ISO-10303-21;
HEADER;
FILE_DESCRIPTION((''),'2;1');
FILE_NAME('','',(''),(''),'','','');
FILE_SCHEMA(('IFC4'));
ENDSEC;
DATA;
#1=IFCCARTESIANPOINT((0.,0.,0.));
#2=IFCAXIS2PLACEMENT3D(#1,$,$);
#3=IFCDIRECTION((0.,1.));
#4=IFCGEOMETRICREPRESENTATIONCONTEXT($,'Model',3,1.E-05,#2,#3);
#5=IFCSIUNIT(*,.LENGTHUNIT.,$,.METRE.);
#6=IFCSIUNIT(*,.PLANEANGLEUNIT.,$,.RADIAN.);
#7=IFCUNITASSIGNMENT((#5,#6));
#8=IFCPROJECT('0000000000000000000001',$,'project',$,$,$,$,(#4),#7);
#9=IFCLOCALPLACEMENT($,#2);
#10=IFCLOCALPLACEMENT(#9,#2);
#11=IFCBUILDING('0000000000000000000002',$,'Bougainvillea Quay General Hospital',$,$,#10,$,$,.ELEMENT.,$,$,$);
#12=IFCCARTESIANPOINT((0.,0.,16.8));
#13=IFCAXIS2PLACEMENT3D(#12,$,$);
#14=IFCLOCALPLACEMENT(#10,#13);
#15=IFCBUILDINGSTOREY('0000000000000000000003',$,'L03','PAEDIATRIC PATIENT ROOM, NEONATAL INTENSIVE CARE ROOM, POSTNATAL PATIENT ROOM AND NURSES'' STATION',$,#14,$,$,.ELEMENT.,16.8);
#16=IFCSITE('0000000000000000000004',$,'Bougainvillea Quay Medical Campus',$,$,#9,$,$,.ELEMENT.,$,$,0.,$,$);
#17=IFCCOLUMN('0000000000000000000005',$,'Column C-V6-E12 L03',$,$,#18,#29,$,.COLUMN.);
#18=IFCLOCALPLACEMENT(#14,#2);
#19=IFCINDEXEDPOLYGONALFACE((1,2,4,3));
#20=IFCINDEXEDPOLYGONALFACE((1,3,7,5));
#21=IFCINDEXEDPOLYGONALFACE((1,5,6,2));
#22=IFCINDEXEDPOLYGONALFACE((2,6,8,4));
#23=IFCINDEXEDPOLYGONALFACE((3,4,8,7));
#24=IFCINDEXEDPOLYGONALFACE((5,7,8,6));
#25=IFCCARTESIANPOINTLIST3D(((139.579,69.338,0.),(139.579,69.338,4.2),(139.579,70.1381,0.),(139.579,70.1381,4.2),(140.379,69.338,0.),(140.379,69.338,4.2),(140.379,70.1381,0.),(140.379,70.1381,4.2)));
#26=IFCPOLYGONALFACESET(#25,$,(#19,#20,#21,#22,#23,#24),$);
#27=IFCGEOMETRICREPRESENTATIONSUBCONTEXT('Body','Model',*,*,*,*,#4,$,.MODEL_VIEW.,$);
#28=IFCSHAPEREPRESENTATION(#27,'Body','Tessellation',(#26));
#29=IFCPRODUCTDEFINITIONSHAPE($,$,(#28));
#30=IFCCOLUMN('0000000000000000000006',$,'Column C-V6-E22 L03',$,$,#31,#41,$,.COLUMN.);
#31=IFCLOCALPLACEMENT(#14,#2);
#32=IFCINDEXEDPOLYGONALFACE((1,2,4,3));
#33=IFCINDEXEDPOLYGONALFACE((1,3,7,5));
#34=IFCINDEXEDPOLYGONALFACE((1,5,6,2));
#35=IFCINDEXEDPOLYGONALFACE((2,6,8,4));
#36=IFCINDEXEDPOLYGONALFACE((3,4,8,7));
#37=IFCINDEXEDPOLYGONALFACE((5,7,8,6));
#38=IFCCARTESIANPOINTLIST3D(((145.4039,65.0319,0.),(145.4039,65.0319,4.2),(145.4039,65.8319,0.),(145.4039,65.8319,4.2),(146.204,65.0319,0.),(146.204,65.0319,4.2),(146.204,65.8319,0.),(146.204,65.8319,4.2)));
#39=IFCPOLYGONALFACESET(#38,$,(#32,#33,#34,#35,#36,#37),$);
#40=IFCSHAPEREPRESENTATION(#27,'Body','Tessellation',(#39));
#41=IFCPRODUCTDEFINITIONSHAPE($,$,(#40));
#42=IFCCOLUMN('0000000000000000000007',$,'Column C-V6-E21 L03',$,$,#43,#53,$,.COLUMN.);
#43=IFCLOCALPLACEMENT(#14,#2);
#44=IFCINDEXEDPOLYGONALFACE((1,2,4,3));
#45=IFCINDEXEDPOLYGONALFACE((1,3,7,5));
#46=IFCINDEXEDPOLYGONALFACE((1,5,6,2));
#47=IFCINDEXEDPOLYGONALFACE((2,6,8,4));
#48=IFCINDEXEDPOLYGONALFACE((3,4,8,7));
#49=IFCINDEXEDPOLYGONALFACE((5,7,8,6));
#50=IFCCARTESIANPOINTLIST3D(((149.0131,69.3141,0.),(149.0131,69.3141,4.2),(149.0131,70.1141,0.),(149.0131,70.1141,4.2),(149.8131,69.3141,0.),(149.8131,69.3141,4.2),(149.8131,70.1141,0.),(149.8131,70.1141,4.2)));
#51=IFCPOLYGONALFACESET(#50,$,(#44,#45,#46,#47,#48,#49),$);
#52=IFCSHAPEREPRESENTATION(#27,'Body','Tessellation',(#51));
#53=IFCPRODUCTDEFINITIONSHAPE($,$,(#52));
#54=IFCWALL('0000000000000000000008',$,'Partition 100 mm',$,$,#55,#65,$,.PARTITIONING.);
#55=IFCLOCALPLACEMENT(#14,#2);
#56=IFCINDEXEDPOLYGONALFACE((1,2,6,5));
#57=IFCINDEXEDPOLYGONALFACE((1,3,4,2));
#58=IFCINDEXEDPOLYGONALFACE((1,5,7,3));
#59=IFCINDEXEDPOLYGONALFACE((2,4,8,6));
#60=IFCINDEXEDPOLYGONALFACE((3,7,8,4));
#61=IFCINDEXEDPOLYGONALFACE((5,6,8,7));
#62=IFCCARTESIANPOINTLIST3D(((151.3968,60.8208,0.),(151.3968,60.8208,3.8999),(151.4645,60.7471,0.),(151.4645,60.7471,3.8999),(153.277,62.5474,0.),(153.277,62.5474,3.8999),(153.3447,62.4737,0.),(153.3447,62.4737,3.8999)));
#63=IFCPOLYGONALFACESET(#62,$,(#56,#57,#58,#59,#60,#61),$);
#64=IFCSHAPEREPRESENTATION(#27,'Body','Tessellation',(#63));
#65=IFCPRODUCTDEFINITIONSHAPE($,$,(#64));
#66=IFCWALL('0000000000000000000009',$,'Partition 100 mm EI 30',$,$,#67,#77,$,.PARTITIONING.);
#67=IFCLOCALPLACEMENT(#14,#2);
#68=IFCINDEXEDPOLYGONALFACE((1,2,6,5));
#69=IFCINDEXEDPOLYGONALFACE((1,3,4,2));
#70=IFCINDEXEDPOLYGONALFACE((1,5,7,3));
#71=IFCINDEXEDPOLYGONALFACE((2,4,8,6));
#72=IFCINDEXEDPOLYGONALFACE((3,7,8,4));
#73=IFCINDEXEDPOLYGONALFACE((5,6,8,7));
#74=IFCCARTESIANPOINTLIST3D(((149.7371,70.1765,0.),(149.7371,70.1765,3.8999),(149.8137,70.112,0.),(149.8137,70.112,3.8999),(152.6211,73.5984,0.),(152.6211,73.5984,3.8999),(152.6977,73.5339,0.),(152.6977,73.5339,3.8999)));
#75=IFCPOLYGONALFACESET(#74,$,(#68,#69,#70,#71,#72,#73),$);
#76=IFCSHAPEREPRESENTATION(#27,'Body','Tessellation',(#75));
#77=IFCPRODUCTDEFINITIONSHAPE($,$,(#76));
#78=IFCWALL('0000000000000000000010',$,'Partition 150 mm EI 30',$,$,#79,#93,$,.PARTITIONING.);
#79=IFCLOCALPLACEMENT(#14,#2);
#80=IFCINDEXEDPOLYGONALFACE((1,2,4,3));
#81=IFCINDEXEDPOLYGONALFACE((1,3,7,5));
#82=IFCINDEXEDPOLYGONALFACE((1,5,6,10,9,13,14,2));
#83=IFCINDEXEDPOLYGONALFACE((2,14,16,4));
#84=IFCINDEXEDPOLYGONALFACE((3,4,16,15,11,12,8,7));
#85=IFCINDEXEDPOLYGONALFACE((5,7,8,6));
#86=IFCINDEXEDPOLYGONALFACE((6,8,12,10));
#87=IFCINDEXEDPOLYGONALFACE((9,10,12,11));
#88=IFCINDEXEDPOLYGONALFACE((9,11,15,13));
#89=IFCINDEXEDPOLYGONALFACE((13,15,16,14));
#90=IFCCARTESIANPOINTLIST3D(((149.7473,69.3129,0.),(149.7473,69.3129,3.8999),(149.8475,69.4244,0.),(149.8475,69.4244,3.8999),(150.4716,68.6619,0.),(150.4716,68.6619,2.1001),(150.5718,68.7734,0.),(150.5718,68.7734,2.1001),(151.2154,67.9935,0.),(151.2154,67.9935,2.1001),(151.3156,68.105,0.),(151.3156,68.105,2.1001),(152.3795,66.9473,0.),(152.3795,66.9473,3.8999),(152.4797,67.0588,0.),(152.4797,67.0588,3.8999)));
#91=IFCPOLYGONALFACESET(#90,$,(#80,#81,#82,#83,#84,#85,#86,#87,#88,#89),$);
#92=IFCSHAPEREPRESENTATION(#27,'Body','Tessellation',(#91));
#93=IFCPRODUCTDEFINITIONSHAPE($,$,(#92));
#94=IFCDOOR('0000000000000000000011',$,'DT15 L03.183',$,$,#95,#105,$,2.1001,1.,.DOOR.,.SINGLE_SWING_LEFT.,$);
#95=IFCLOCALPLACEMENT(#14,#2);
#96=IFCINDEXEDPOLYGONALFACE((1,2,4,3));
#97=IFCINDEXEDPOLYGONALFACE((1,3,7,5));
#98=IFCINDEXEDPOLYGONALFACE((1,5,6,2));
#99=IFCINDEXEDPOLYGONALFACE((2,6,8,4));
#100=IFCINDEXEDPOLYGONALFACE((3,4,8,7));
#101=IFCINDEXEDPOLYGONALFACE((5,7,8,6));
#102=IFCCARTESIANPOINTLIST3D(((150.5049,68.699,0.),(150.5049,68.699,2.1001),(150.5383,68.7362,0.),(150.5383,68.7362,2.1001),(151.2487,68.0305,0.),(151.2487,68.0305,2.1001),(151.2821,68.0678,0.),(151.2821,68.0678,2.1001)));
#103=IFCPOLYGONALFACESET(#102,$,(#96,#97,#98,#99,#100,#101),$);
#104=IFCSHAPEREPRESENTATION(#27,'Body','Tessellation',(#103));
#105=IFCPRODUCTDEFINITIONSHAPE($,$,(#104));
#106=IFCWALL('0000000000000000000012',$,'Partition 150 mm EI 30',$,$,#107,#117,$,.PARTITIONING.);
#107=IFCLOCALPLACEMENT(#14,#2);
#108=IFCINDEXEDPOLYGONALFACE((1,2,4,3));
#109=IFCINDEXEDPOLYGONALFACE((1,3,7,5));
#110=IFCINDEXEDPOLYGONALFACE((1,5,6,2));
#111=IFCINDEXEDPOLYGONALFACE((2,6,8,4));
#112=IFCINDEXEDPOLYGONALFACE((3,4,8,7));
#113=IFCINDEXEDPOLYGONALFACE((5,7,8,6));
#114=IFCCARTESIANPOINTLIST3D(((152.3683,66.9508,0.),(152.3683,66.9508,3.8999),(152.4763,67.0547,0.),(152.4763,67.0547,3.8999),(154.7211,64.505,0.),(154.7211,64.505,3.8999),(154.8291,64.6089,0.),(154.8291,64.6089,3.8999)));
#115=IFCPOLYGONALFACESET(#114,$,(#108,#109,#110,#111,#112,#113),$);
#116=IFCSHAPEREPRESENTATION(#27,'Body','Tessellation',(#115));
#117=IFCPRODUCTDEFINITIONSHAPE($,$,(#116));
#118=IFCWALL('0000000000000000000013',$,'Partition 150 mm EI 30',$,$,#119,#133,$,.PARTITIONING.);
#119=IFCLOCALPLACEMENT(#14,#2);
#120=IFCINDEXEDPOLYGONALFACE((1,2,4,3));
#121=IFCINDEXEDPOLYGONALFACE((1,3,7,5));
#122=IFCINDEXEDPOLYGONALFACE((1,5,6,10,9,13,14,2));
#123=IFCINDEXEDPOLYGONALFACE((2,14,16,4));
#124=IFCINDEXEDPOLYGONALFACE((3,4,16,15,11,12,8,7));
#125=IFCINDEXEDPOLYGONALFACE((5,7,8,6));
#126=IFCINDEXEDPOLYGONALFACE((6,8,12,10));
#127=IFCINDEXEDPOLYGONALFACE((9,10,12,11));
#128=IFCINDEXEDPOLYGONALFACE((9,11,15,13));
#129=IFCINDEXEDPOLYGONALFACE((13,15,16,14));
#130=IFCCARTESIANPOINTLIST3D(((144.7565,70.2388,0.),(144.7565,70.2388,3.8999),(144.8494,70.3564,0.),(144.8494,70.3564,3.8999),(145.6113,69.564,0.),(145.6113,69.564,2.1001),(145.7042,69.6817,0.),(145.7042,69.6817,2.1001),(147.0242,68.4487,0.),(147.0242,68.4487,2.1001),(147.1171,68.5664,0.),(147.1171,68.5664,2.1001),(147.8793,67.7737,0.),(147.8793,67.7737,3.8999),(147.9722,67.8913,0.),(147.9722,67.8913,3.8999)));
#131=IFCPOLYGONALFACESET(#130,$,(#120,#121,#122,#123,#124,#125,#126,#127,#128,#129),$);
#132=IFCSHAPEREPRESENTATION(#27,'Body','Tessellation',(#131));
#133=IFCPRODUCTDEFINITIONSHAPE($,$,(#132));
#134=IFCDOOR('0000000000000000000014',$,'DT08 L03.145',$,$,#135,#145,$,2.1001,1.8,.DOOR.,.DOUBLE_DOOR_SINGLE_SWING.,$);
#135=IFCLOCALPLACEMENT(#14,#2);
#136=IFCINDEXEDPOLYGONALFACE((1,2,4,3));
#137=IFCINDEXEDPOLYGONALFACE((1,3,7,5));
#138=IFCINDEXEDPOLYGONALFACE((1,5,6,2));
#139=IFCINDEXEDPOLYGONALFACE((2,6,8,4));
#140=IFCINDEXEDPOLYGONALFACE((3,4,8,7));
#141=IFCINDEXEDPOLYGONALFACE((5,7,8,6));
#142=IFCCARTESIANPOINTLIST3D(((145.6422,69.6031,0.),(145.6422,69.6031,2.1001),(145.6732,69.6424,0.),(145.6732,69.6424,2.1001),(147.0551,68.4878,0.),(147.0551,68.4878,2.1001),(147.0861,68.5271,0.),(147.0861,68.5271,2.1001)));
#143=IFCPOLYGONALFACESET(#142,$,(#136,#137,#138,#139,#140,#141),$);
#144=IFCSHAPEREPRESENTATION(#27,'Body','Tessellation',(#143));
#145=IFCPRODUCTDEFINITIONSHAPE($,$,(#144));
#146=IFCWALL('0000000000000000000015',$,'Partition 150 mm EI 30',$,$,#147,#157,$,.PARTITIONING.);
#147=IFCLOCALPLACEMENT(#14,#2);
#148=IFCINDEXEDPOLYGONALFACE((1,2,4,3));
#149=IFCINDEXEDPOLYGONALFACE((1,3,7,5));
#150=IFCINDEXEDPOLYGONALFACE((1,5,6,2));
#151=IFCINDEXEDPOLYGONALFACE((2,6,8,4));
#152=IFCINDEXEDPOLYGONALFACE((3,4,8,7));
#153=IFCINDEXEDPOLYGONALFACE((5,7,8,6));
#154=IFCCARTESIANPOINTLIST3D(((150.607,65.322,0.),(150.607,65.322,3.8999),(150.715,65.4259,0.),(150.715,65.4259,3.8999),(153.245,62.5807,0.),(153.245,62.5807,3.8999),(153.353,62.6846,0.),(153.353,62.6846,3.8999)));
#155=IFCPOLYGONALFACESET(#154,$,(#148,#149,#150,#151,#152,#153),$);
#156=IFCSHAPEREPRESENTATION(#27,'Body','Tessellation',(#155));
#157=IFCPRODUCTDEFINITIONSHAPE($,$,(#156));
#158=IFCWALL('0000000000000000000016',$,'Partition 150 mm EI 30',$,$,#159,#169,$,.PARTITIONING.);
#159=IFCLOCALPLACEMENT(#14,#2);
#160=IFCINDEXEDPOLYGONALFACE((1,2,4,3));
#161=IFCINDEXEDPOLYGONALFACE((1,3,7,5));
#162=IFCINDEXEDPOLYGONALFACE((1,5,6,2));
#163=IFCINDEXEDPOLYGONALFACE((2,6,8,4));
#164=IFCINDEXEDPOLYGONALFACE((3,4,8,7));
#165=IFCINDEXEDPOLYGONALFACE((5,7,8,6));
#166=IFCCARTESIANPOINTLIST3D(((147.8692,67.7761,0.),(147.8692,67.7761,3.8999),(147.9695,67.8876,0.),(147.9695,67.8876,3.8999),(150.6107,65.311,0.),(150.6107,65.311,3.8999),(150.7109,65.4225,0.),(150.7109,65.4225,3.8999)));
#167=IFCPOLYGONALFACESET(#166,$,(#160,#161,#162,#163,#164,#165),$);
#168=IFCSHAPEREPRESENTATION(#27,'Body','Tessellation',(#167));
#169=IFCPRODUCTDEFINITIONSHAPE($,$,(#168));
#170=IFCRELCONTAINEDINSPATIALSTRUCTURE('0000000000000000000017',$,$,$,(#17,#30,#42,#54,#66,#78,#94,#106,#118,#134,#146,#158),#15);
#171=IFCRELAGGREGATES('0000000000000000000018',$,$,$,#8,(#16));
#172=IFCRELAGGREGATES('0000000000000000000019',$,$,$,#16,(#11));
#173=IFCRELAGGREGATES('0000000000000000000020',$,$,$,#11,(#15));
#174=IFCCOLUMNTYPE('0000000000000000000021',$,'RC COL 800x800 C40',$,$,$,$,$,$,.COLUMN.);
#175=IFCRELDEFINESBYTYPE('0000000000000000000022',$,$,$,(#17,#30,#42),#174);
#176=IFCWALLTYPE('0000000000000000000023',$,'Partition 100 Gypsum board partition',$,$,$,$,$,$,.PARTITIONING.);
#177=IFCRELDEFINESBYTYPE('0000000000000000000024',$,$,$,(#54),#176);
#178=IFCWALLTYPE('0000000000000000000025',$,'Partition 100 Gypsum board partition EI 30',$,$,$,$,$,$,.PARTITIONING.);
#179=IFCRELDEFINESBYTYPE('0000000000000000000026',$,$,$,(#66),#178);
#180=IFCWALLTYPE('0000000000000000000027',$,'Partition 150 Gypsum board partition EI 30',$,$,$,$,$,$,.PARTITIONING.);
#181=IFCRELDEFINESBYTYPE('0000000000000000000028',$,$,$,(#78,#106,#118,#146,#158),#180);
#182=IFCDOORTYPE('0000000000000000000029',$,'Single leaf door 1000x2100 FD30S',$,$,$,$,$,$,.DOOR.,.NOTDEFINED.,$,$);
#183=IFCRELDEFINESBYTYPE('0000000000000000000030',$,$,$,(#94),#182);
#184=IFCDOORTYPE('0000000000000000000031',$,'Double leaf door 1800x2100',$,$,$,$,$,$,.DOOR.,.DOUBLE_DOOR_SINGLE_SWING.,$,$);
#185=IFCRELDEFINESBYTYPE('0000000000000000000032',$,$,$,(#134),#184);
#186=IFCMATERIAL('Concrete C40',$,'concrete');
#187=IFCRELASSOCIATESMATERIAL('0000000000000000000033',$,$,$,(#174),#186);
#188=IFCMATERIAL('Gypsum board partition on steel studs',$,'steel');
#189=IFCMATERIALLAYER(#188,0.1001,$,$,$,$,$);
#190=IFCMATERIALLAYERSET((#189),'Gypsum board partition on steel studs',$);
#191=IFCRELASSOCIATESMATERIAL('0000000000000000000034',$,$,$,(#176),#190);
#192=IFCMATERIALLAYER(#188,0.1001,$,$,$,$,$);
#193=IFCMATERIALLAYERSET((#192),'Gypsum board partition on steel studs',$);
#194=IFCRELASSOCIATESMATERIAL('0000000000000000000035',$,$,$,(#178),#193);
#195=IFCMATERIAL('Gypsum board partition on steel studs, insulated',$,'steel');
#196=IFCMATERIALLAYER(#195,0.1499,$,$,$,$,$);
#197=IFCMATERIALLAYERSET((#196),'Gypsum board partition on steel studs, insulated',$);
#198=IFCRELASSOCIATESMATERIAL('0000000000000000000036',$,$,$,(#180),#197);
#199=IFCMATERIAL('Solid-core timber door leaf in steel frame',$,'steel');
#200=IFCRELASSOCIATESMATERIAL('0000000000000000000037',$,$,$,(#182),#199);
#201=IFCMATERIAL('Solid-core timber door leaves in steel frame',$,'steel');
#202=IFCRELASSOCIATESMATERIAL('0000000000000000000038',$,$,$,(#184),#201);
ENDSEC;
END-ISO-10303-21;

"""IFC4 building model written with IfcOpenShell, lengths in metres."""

from ifc_helpers import new_model, si_unit, direction, frame, frame_2d, origin, origin_2d, place, context, subcontext, project, spatial, rectangle, extrude, material, layer, layer_set, material_profile, profile_set, type_object, element, fill, save


model = new_model("IFC4")

# Units and contexts
model_context = context("Model", 3, precision=1e-05, world=origin(), true_north=direction((0.0, 1.0)))
body_context = subcontext(model_context, "Body", "Model", "MODEL_VIEW")
ifc_project = project(units=[si_unit("LENGTHUNIT", "METRE"), si_unit("PLANEANGLEUNIT", "RADIAN")], contexts=[model_context])

# Site, building, storey
site_placement = place(None, origin())
site = spatial("IfcSite", under=ifc_project, at=site_placement, Name="Bougainvillea Quay Medical Campus", CompositionType="ELEMENT", RefElevation=0.0)
building_placement = place(site_placement, origin())
building = spatial("IfcBuilding", under=site, at=building_placement, Name="Bougainvillea Quay General Hospital", CompositionType="ELEMENT")
storey_placement = place(building_placement, frame((0.0, 0.0, 16.8)))
storey = spatial("IfcBuildingStorey", under=building, at=storey_placement, Name="L03", Description="PAEDIATRIC PATIENT ROOM, NEONATAL INTENSIVE CARE ROOM, POSTNATAL PATIENT ROOM AND NURSES' STATION", CompositionType="ELEMENT", Elevation=16.8)

# Columns
ifc_material_1 = material(Name="Concrete C40", Category="concrete")
ifc_material_profile = material_profile(ifc_material_1, rectangle(XDim=0.8, YDim=0.8, at=origin_2d()))
ifc_profile_set = profile_set([ifc_material_profile], Name="Concrete C40")
column_type = type_object("IfcColumnType", Name="RC COL 800x800 C40", PredefinedType="COLUMN", material=ifc_profile_set)
for number, where, z_axis, x_axis, name in (
    (1, (139.979, 69.738, 0.0), (0.0, 0.0, 1.0), (1.0, 0.0, 0.0), "Column C-V6-E12 L03"),
    (2, (145.804, 65.4319, 0.0), (0.0, 0.0, 1.0), (1.0, 0.0, 0.0), "Column C-V6-E22 L03"),
    (3, (149.4131, 69.7141, 0.0), (0.0, 0.0, 1.0), (1.0, 0.0, 0.0), "Column C-V6-E21 L03"),
):
    element("IfcColumn", number, at=place(storey_placement, frame(where, z_axis=z_axis, x_axis=x_axis)), inside=storey, type_object=column_type, Name=name, PredefinedType="COLUMN", context=body_context, shape_type="SweptSolid", body=[
        extrude(rectangle(XDim=0.8, YDim=0.8, at=origin_2d()), origin(), (0.0, 0.0, 1.0), 4.2),
    ])

# Walls
ifc_material_2 = material(Name="Gypsum board partition on steel studs", Category="steel")
ifc_layer_1 = layer(ifc_material_2, 0.1001)
ifc_layer_set_1 = layer_set([ifc_layer_1], Name="Gypsum board partition on steel studs")
wall_type_1 = type_object("IfcWallType", Name="Partition 100 Gypsum board partition", PredefinedType="PARTITIONING", material=ifc_layer_set_1)
wall_1_placement = place(storey_placement, frame((151.4307, 60.7839, 0.0), z_axis=(0.0, 0.0, 1.0), x_axis=(0.736546, 0.676387, 0.0)))
element("IfcWall", 4, at=wall_1_placement, inside=storey, type_object=wall_type_1, Name="Partition 100 mm", PredefinedType="PARTITIONING", context=body_context, shape_type="SweptSolid", body=[
    extrude(rectangle(XDim=2.5527, YDim=0.1001, at=frame_2d((1.2764, 0.0))), origin(), (0.0, 0.0, 1.0), 3.8999),
])
ifc_layer_2 = layer(ifc_material_2, 0.1001)
ifc_layer_set_2 = layer_set([ifc_layer_2], Name="Gypsum board partition on steel studs")
wall_type_2 = type_object("IfcWallType", Name="Partition 100 Gypsum board partition EI 30", PredefinedType="PARTITIONING", material=ifc_layer_set_2)
wall_2_placement = place(storey_placement, frame((149.7754, 70.1443, 0.0), z_axis=(0.0, 0.0, 1.0), x_axis=(0.644457, 0.764641, 0.0)))
element("IfcWall", 5, at=wall_2_placement, inside=storey, type_object=wall_type_2, Name="Partition 100 mm EI 30", PredefinedType="PARTITIONING", context=body_context, shape_type="SweptSolid", body=[
    extrude(rectangle(XDim=4.4751, YDim=0.1001, at=frame_2d((2.2375, 0.0))), origin(), (0.0, 0.0, 1.0), 3.8999),
])

# Wall, opening, door
ifc_material_3 = material(Name="Gypsum board partition on steel studs, insulated", Category="steel")
ifc_layer_3 = layer(ifc_material_3, 0.1499)
ifc_layer_set_3 = layer_set([ifc_layer_3], Name="Gypsum board partition on steel studs, insulated")
wall_type_3 = type_object("IfcWallType", Name="Partition 150 Gypsum board partition EI 30", PredefinedType="PARTITIONING", material=ifc_layer_set_3)
wall_3_placement = place(storey_placement, frame((149.7974, 69.3687, 0.0), z_axis=(0.0, 0.0, 1.0), x_axis=(0.743767, -0.668439, 0.0)))
wall_3 = element("IfcWall", 6, at=wall_3_placement, inside=storey, type_object=wall_type_3, Name="Partition 150 mm EI 30", PredefinedType="PARTITIONING", context=body_context, shape_type="SweptSolid", body=[
    extrude(rectangle(XDim=3.5391, YDim=0.1499, at=frame_2d((1.7695, 0.0))), origin(), (0.0, 0.0, 1.0), 3.8999),
])
opening_1_placement = place(wall_3_placement, frame((0.9739, 0.0, 0.0)))
opening_1 = element("IfcOpeningElement", 7, at=opening_1_placement, cuts=wall_3, PredefinedType="OPENING", context=body_context, shape_type="SweptSolid", body=[
    extrude(rectangle(XDim=1.0, YDim=2.1001, at=frame_2d((0.5, 1.05))), frame((0.0, 0.085, 0.0), z_axis=(0.0, -1.0, 0.0), x_axis=(1.0, 0.0, 0.0)), (0.0, 0.0, 1.0), 0.1699),
])
ifc_material_4 = material(Name="Solid-core timber door leaf in steel frame", Category="steel")
door_type_1 = type_object("IfcDoorType", Name="Single leaf door 1000x2100 FD30S", OperationType="NOTDEFINED", PredefinedType="DOOR", material=ifc_material_4)
door_1_placement = place(opening_1_placement, origin())
door_1 = element("IfcDoor", 8, at=door_1_placement, inside=storey, type_object=door_type_1, Name="DT15 L03.183", OperationType="SINGLE_SWING_LEFT", OverallHeight=2.1001, OverallWidth=1.0, PredefinedType="DOOR", context=body_context, shape_type="SweptSolid", body=[
    extrude(rectangle(XDim=1.0, YDim=2.1001, at=frame_2d((0.5, 1.05))), frame((0.0, 0.0249, 0.0), z_axis=(0.0, -1.0, 0.0), x_axis=(1.0, 0.0, 0.0)), (0.0, 0.0, 1.0), 0.05),
])
fill(opening_1, door_1)

# Wall
wall_4_placement = place(storey_placement, frame((152.4224, 67.0027, 0.0), z_axis=(0.0, 0.0, 1.0), x_axis=(0.69327, -0.720678, 0.0)))
element("IfcWall", 9, at=wall_4_placement, inside=storey, type_object=wall_type_3, Name="Partition 150 mm EI 30", PredefinedType="PARTITIONING", context=body_context, shape_type="SweptSolid", body=[
    extrude(rectangle(XDim=3.3938, YDim=0.1499, at=frame_2d((1.6968, 0.0))), origin(), (0.0, 0.0, 1.0), 3.8999),
])

# Wall, opening, door
wall_5_placement = place(storey_placement, frame((144.803, 70.2976, 0.0), z_axis=(0.0, 0.0, 1.0), x_axis=(0.784917, -0.619601, 0.0)))
wall_5 = element("IfcWall", 10, at=wall_5_placement, inside=storey, type_object=wall_type_3, Name="Partition 150 mm EI 30", PredefinedType="PARTITIONING", context=body_context, shape_type="SweptSolid", body=[
    extrude(rectangle(XDim=3.9785, YDim=0.1499, at=frame_2d((1.9893, 0.0))), origin(), (0.0, 0.0, 1.0), 3.8999),
])
opening_2_placement = place(wall_5_placement, frame((1.0891, 0.0, 0.0)))
opening_2 = element("IfcOpeningElement", 11, at=opening_2_placement, cuts=wall_5, PredefinedType="OPENING", context=body_context, shape_type="SweptSolid", body=[
    extrude(rectangle(XDim=1.8, YDim=2.1001, at=frame_2d((0.8999, 1.05))), frame((0.0, 0.085, 0.0), z_axis=(0.0, -1.0, 0.0), x_axis=(1.0, 0.0, 0.0)), (0.0, 0.0, 1.0), 0.1699),
])
ifc_material_5 = material(Name="Solid-core timber door leaves in steel frame", Category="steel")
door_type_2 = type_object("IfcDoorType", Name="Double leaf door 1800x2100", OperationType="DOUBLE_DOOR_SINGLE_SWING", PredefinedType="DOOR", material=ifc_material_5)
door_2_placement = place(opening_2_placement, origin())
door_2 = element("IfcDoor", 12, at=door_2_placement, inside=storey, type_object=door_type_2, Name="DT08 L03.145", OperationType="DOUBLE_DOOR_SINGLE_SWING", OverallHeight=2.1001, OverallWidth=1.8, PredefinedType="DOOR", context=body_context, shape_type="SweptSolid", body=[
    extrude(rectangle(XDim=1.8, YDim=2.1001, at=frame_2d((0.8999, 1.05))), frame((0.0, 0.0249, 0.0), z_axis=(0.0, -1.0, 0.0), x_axis=(1.0, 0.0, 0.0)), (0.0, 0.0, 1.0), 0.05),
])
fill(opening_2, door_2)

# Walls
wall_6_placement = place(storey_placement, frame((150.6609, 65.374, 0.0), z_axis=(0.0, 0.0, 1.0), x_axis=(0.693404, -0.720549, 0.0)))
element("IfcWall", 13, at=wall_6_placement, inside=storey, type_object=wall_type_3, Name="Partition 150 mm EI 30", PredefinedType="PARTITIONING", context=body_context, shape_type="SweptSolid", body=[
    extrude(rectangle(XDim=3.8044, YDim=0.1499, at=frame_2d((1.9023, 0.0))), origin(), (0.0, 0.0, 1.0), 3.8999),
])
wall_7_placement = place(storey_placement, frame((147.9194, 67.8318, 0.0), z_axis=(0.0, 0.0, 1.0), x_axis=(0.743594, -0.668632, 0.0)))
element("IfcWall", 14, at=wall_7_placement, inside=storey, type_object=wall_type_3, Name="Partition 150 mm EI 30", PredefinedType="PARTITIONING", context=body_context, shape_type="SweptSolid", body=[
    extrude(rectangle(XDim=3.6868, YDim=0.1499, at=frame_2d((1.8433, 0.0))), origin(), (0.0, 0.0, 1.0), 3.8999),
])

save(model, "model.ifc")
